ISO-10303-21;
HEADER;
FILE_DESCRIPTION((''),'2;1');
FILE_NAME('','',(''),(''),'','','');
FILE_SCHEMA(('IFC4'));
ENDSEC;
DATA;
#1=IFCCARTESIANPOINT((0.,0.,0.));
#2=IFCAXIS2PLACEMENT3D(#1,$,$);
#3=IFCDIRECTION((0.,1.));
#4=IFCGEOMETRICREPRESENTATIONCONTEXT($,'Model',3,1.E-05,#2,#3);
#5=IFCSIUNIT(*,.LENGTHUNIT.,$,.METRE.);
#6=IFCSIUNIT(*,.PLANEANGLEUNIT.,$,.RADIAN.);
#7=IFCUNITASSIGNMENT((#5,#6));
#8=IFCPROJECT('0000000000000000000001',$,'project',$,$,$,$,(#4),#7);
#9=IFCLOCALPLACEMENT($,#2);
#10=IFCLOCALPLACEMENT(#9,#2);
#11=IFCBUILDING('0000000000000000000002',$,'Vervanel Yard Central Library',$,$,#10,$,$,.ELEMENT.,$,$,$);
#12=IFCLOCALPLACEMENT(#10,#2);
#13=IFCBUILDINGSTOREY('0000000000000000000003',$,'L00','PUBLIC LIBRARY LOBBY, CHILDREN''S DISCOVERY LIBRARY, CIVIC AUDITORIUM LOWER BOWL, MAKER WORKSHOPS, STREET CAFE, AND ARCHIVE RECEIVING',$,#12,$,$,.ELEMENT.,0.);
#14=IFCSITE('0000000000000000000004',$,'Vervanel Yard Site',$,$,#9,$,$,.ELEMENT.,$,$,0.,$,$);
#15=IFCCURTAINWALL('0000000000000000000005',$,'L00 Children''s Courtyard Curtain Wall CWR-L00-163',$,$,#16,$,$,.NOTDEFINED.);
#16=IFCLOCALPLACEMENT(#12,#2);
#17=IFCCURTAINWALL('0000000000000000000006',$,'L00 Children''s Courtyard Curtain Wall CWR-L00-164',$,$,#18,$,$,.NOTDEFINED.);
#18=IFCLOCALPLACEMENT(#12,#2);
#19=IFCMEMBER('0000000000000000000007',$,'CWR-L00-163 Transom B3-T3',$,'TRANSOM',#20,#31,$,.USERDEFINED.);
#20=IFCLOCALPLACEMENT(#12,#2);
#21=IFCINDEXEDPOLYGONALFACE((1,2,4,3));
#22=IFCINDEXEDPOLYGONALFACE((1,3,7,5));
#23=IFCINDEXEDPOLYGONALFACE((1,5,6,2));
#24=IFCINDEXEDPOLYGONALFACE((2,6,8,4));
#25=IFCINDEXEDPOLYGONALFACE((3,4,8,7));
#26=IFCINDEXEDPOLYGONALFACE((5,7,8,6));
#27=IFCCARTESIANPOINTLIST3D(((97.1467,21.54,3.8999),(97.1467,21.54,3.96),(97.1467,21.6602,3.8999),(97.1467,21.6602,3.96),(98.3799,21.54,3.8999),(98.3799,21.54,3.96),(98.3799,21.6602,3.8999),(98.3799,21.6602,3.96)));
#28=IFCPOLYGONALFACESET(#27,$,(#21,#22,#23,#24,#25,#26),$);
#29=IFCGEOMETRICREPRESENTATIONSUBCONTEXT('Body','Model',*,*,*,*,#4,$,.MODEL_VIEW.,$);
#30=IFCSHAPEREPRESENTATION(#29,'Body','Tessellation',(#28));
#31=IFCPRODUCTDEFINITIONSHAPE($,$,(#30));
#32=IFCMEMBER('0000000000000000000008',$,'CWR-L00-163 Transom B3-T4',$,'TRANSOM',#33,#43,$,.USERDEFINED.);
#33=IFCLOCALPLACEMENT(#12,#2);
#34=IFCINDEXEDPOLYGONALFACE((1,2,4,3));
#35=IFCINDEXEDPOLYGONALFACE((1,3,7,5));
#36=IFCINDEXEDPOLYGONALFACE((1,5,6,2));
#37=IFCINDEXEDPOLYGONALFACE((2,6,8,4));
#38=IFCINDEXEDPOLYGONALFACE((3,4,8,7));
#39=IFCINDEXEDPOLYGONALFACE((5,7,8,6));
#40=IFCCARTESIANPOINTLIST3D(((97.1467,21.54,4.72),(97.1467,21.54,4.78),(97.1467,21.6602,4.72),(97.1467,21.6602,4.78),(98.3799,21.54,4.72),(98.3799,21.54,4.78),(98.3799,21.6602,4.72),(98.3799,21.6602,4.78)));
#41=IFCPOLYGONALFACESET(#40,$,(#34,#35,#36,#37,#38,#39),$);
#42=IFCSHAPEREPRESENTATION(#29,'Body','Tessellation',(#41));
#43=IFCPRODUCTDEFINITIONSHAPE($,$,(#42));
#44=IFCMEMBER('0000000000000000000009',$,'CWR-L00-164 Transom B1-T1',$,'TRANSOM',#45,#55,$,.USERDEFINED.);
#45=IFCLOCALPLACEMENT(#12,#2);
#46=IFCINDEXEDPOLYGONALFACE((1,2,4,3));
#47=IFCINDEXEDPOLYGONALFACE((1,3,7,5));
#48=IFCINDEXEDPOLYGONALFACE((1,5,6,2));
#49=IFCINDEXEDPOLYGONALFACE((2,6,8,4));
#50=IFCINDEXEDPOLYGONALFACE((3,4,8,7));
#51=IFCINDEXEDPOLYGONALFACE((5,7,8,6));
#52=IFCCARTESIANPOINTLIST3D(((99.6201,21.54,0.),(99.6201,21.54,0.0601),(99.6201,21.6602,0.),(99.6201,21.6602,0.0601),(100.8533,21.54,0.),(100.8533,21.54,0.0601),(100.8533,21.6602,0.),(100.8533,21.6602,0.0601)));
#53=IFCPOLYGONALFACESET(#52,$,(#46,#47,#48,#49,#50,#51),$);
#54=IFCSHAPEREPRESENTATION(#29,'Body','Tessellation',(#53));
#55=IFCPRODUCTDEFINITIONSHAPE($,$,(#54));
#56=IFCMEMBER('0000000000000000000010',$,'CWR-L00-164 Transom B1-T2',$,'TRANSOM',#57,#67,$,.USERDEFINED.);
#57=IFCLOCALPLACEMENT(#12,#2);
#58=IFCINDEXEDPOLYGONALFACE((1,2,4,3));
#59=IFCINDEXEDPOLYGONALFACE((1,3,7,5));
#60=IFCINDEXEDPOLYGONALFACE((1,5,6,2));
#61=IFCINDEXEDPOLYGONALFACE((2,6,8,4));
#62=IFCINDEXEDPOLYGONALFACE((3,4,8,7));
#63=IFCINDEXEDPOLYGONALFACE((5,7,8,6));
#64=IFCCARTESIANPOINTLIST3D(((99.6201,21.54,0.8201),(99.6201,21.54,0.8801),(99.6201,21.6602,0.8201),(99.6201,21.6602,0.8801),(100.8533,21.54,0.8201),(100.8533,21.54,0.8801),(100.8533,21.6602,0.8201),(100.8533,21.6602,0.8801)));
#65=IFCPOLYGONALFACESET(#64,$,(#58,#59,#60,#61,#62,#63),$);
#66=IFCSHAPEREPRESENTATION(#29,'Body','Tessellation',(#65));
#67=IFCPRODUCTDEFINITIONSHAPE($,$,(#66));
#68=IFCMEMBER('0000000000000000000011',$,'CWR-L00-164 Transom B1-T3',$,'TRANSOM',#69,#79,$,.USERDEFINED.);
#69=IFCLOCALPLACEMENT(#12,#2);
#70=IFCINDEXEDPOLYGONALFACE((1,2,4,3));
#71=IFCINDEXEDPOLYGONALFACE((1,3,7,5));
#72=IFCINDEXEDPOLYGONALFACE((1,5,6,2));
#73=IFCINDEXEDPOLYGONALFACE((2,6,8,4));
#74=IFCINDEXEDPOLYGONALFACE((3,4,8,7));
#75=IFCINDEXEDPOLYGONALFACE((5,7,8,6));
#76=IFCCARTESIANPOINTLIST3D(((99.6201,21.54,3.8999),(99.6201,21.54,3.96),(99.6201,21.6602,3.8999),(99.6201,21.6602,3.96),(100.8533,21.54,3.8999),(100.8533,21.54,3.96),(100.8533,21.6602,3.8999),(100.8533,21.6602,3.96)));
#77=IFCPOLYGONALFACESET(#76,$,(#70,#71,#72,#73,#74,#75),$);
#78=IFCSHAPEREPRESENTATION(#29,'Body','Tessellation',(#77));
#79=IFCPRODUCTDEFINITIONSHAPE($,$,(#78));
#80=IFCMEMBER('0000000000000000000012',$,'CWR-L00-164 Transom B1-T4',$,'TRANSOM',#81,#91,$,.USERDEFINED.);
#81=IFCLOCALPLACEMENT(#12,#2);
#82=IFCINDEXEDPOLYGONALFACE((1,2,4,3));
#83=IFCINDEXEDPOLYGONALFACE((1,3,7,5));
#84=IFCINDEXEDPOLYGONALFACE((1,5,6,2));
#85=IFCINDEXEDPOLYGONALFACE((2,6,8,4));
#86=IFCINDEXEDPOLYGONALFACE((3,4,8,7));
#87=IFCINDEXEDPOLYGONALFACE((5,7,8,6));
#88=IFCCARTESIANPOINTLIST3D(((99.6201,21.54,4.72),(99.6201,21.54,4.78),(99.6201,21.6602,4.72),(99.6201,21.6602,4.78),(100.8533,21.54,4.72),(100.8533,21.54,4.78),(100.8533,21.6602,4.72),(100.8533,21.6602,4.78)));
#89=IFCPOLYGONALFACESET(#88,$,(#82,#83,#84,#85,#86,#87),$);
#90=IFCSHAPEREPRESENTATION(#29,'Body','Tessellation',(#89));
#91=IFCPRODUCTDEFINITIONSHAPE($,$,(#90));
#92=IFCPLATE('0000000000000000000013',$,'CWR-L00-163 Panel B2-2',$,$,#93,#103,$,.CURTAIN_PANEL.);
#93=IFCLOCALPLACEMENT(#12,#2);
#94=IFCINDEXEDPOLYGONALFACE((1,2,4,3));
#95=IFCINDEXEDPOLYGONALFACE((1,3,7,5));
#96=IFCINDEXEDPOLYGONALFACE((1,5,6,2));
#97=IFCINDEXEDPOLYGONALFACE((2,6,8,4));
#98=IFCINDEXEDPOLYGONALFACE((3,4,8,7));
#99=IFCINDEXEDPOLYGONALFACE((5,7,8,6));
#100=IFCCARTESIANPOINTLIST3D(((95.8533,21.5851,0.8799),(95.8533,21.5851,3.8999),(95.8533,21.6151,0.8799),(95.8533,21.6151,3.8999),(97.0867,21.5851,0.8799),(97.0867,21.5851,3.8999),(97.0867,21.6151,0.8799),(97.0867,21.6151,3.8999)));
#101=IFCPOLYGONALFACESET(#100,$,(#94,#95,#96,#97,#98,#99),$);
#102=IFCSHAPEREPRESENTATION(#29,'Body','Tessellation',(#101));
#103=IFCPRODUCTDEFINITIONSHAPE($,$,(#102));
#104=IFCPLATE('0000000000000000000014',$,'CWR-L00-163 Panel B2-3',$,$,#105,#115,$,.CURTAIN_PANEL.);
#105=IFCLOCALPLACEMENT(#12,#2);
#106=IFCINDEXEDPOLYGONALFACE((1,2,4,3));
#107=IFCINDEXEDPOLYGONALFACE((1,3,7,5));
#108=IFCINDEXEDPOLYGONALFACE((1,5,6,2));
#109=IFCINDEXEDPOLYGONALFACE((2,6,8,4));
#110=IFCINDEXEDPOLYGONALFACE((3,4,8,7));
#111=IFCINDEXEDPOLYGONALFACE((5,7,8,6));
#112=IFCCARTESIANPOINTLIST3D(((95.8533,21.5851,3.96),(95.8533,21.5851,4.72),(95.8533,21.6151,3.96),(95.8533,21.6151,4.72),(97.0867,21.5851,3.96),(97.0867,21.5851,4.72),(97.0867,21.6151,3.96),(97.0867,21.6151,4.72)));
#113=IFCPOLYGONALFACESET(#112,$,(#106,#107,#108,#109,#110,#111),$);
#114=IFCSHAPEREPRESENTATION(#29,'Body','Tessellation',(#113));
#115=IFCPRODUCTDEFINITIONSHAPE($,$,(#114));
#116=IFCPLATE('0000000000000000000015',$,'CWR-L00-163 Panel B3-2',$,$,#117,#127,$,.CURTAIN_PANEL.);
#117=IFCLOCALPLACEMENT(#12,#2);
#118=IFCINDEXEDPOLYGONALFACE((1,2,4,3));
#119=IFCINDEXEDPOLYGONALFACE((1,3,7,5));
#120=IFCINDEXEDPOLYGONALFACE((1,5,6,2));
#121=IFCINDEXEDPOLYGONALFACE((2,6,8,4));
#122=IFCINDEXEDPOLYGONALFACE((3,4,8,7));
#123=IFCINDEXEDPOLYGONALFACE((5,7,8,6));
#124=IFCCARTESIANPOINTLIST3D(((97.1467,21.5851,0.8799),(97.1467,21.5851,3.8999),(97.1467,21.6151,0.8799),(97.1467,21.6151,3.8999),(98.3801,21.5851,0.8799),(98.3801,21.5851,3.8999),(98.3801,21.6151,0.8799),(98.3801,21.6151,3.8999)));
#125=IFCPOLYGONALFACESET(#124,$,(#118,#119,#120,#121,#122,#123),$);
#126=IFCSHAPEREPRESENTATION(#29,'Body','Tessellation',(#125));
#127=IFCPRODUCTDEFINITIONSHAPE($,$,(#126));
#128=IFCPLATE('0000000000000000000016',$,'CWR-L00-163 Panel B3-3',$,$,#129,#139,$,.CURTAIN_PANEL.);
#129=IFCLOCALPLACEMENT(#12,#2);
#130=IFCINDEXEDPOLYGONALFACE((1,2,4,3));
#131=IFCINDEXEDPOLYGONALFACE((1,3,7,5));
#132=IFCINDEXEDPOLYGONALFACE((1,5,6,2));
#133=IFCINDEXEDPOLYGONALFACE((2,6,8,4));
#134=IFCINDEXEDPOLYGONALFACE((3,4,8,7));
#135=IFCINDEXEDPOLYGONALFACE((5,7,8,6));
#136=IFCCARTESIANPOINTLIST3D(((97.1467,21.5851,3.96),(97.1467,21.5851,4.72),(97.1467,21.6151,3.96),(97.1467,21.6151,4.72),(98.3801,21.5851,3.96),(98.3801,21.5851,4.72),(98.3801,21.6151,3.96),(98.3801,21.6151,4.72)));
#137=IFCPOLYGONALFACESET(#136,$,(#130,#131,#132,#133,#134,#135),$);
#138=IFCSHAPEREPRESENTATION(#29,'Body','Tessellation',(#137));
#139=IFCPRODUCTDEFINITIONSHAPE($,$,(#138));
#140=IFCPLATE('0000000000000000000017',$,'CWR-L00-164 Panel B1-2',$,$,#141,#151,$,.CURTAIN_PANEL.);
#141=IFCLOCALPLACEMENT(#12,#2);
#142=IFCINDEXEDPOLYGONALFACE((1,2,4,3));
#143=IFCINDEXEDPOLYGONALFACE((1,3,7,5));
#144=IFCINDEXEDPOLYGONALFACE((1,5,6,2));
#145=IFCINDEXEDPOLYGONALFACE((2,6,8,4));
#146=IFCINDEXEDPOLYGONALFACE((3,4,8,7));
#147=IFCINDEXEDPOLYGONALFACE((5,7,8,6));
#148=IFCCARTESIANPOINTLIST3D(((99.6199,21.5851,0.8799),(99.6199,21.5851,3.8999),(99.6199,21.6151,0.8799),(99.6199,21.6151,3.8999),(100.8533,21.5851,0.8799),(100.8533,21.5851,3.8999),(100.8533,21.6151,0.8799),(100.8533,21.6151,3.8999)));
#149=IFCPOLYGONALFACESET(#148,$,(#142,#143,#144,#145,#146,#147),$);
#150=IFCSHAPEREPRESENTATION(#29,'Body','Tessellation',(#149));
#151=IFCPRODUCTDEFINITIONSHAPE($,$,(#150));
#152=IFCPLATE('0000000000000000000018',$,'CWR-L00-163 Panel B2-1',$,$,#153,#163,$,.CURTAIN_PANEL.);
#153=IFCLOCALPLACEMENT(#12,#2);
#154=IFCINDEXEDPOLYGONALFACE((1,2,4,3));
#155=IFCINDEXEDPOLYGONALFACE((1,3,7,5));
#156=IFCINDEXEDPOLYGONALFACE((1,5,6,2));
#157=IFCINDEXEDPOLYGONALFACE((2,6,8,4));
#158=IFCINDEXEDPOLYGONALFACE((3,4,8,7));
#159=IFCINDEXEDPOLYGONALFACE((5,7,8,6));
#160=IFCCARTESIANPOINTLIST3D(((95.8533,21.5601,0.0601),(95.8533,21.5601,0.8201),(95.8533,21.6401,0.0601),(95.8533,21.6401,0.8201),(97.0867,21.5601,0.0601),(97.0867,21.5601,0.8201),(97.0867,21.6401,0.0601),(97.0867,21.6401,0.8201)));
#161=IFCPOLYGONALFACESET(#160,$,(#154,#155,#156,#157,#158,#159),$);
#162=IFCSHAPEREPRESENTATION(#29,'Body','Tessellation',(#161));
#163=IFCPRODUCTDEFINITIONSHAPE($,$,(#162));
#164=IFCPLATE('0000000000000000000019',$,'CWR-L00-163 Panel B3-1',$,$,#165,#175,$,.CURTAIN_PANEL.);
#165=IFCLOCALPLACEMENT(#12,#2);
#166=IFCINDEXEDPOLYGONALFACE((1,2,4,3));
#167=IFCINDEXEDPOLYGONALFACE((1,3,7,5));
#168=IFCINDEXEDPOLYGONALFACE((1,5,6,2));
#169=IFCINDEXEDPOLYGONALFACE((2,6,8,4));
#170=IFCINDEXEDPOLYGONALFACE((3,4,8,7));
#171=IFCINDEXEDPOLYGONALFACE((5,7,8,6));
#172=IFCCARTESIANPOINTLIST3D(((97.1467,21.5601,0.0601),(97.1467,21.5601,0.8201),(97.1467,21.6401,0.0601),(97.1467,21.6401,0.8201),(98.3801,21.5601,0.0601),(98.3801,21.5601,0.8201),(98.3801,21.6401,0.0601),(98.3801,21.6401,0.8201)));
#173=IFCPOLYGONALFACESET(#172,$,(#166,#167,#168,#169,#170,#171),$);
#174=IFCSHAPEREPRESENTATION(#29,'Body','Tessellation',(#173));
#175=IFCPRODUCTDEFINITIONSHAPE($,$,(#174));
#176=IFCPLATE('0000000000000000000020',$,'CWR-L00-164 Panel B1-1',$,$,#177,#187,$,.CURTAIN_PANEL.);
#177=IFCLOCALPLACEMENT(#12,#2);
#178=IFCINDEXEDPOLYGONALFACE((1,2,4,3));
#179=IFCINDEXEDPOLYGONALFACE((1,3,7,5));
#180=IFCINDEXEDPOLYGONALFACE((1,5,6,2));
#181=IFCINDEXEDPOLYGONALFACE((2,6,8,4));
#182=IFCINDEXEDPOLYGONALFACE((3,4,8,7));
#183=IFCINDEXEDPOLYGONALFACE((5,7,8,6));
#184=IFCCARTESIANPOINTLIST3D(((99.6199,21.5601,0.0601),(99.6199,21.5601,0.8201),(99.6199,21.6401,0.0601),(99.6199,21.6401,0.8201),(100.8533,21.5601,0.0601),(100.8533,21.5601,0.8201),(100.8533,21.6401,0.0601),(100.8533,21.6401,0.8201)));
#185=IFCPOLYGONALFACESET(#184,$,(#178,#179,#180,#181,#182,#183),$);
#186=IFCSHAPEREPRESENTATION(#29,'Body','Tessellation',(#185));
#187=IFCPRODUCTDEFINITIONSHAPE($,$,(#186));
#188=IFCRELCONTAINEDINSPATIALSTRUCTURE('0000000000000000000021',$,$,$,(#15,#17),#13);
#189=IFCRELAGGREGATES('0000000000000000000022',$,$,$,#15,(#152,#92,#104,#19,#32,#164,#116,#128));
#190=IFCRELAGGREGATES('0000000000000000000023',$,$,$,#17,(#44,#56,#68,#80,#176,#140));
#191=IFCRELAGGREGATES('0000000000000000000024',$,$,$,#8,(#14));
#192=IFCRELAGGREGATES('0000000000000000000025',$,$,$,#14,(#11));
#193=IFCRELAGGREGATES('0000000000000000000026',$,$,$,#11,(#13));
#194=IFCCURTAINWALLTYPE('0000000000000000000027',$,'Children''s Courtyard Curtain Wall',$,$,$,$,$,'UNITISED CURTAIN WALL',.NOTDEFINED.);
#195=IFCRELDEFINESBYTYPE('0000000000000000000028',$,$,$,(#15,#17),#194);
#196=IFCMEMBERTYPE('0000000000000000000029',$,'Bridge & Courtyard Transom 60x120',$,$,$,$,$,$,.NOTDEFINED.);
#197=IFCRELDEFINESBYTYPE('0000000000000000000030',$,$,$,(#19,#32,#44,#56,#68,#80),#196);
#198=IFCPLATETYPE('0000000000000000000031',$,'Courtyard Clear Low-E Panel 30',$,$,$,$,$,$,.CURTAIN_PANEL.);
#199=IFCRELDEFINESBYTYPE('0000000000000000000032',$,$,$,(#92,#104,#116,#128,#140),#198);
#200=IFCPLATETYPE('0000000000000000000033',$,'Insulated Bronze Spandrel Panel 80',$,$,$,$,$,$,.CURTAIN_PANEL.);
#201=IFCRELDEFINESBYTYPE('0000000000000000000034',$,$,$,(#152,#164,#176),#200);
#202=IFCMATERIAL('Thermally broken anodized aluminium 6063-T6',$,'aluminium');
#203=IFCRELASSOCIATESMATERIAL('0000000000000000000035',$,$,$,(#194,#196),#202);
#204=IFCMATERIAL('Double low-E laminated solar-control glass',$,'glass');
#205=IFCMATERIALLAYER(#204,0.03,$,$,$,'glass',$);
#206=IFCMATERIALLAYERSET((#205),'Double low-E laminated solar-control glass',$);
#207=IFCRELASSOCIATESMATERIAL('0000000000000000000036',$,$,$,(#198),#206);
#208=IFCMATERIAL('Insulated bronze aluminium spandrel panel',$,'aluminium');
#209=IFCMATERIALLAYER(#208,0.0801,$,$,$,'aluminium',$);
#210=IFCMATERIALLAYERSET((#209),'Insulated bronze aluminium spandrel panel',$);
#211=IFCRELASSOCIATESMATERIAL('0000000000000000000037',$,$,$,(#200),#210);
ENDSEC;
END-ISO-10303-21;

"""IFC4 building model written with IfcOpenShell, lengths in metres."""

from ifc_helpers import new_model, si_unit, direction, frame, origin, origin_2d, place, context, subcontext, project, spatial, rectangle, extrude, material, layer, layer_set, material_profile, profile_set, type_object, element, aggregate, save


model = new_model("IFC4")

# Units and contexts
model_context = context("Model", 3, precision=1e-05, world=origin(), true_north=direction((0.0, 1.0)))
body_context = subcontext(model_context, "Body", "Model", "MODEL_VIEW")
ifc_project = project(units=[si_unit("LENGTHUNIT", "METRE"), si_unit("PLANEANGLEUNIT", "RADIAN")], contexts=[model_context])

# Site, building, storey
site_placement = place(None, origin())
site = spatial("IfcSite", under=ifc_project, at=site_placement, Name="Vervanel Yard Site", CompositionType="ELEMENT", RefElevation=0.0)
building_placement = place(site_placement, origin())
building = spatial("IfcBuilding", under=site, at=building_placement, Name="Vervanel Yard Central Library", CompositionType="ELEMENT")
storey_placement = place(building_placement, origin())
storey = spatial("IfcBuildingStorey", under=building, at=storey_placement, Name="L00", Description="PUBLIC LIBRARY LOBBY, CHILDREN'S DISCOVERY LIBRARY, CIVIC AUDITORIUM LOWER BOWL, MAKER WORKSHOPS, STREET CAFE, AND ARCHIVE RECEIVING", CompositionType="ELEMENT", Elevation=0.0)

# Curtain wall
ifc_material_1 = material(Name="Thermally broken anodized aluminium 6063-T6", Category="aluminium")
curtain_wall_type = type_object("IfcCurtainWallType", Name="Children's Courtyard Curtain Wall", ElementType="UNITISED CURTAIN WALL", PredefinedType="NOTDEFINED", material=ifc_material_1)
curtain_wall_1_placement = place(storey_placement, origin())
curtain_wall_1 = element("IfcCurtainWall", 1, at=curtain_wall_1_placement, inside=storey, type_object=curtain_wall_type, Name="L00 Children's Courtyard Curtain Wall CWR-L00-163", PredefinedType="NOTDEFINED")

# Curtain wall
curtain_wall_2_placement = place(storey_placement, origin())
curtain_wall_2 = element("IfcCurtainWall", 2, at=curtain_wall_2_placement, inside=storey, type_object=curtain_wall_type, Name="L00 Children's Courtyard Curtain Wall CWR-L00-164", PredefinedType="NOTDEFINED")

# Members
ifc_material_profile_1 = material_profile(ifc_material_1, rectangle(XDim=0.0601, YDim=0.1201, at=origin_2d()), Name="ALU 60x120", Category="aluminium")
ifc_profile_set_1 = profile_set([ifc_material_profile_1], Name="Thermally broken anodized aluminium 6063-T6")
member_type_1 = type_object("IfcMemberType", Name="Bridge & Courtyard Transom 60x120", PredefinedType="NOTDEFINED", material=ifc_profile_set_1)
member_1_placement = place(storey_placement, frame((97.1467, 21.6001, 3.9299), z_axis=(1.0, 0.0, 0.0), x_axis=(0.0, 0.0, 1.0)))
member_1 = element("IfcMember", 3, at=member_1_placement, type_object=member_type_1, Name="CWR-L00-163 Transom B3-T3", ObjectType="TRANSOM", PredefinedType="USERDEFINED", context=body_context, shape_type="SweptSolid", body=[
    extrude(rectangle(XDim=0.0601, YDim=0.1201, at=origin_2d()), origin(), (0.0, 0.0, 1.0), 1.2332),
])
member_2_placement = place(storey_placement, frame((97.1467, 21.6001, 4.75), z_axis=(1.0, 0.0, 0.0), x_axis=(0.0, 0.0, 1.0)))
member_2 = element("IfcMember", 4, at=member_2_placement, type_object=member_type_1, Name="CWR-L00-163 Transom B3-T4", ObjectType="TRANSOM", PredefinedType="USERDEFINED", context=body_context, shape_type="SweptSolid", body=[
    extrude(rectangle(XDim=0.0601, YDim=0.1201, at=origin_2d()), origin(), (0.0, 0.0, 1.0), 1.2332),
])
member_3_placement = place(storey_placement, frame((99.6201, 21.6001, 0.03), z_axis=(1.0, 0.0, 0.0), x_axis=(0.0, 0.0, 1.0)))
member_3 = element("IfcMember", 5, at=member_3_placement, type_object=member_type_1, Name="CWR-L00-164 Transom B1-T1", ObjectType="TRANSOM", PredefinedType="USERDEFINED", context=body_context, shape_type="SweptSolid", body=[
    extrude(rectangle(XDim=0.0601, YDim=0.1201, at=origin_2d()), origin(), (0.0, 0.0, 1.0), 1.2332),
])
member_4_placement = place(storey_placement, frame((99.6201, 21.6001, 0.8501), z_axis=(1.0, 0.0, 0.0), x_axis=(0.0, 0.0, 1.0)))
member_4 = element("IfcMember", 6, at=member_4_placement, type_object=member_type_1, Name="CWR-L00-164 Transom B1-T2", ObjectType="TRANSOM", PredefinedType="USERDEFINED", context=body_context, shape_type="SweptSolid", body=[
    extrude(rectangle(XDim=0.0601, YDim=0.1201, at=origin_2d()), origin(), (0.0, 0.0, 1.0), 1.2332),
])
member_5_placement = place(storey_placement, frame((99.6201, 21.6001, 3.9299), z_axis=(1.0, 0.0, 0.0), x_axis=(0.0, 0.0, 1.0)))
member_5 = element("IfcMember", 7, at=member_5_placement, type_object=member_type_1, Name="CWR-L00-164 Transom B1-T3", ObjectType="TRANSOM", PredefinedType="USERDEFINED", context=body_context, shape_type="SweptSolid", body=[
    extrude(rectangle(XDim=0.0601, YDim=0.1201, at=origin_2d()), origin(), (0.0, 0.0, 1.0), 1.2332),
])
member_6_placement = place(storey_placement, frame((99.6201, 21.6001, 4.75), z_axis=(1.0, 0.0, 0.0), x_axis=(0.0, 0.0, 1.0)))
member_6 = element("IfcMember", 8, at=member_6_placement, type_object=member_type_1, Name="CWR-L00-164 Transom B1-T4", ObjectType="TRANSOM", PredefinedType="USERDEFINED", context=body_context, shape_type="SweptSolid", body=[
    extrude(rectangle(XDim=0.0601, YDim=0.1201, at=origin_2d()), origin(), (0.0, 0.0, 1.0), 1.2332),
])

# Plates
ifc_material_2 = material(Name="Double low-E laminated solar-control glass", Category="glass")
ifc_layer_1 = layer(ifc_material_2, 0.03, Category="glass")
ifc_layer_set_1 = layer_set([ifc_layer_1], Name="Double low-E laminated solar-control glass")
plate_type_1 = type_object("IfcPlateType", Name="Courtyard Clear Low-E Panel 30", PredefinedType="CURTAIN_PANEL", material=ifc_layer_set_1)
plate_1_placement = place(storey_placement, frame((96.47, 21.6001, 0.8799), z_axis=(0.0, 0.0, 1.0), x_axis=(1.0, 0.0, 0.0)))
plate_1 = element("IfcPlate", 9, at=plate_1_placement, type_object=plate_type_1, Name="CWR-L00-163 Panel B2-2", PredefinedType="CURTAIN_PANEL", context=body_context, shape_type="SweptSolid", body=[
    extrude(rectangle(XDim=1.2334, YDim=0.03, at=origin_2d()), origin(), (0.0, 0.0, 1.0), 3.02),
])
plate_2_placement = place(storey_placement, frame((96.47, 21.6001, 3.96), z_axis=(0.0, 0.0, 1.0), x_axis=(1.0, 0.0, 0.0)))
plate_2 = element("IfcPlate", 10, at=plate_2_placement, type_object=plate_type_1, Name="CWR-L00-163 Panel B2-3", PredefinedType="CURTAIN_PANEL", context=body_context, shape_type="SweptSolid", body=[
    extrude(rectangle(XDim=1.2334, YDim=0.03, at=origin_2d()), origin(), (0.0, 0.0, 1.0), 0.76),
])
plate_3_placement = place(storey_placement, frame((97.7634, 21.6001, 0.8799), z_axis=(0.0, 0.0, 1.0), x_axis=(1.0, 0.0, 0.0)))
plate_3 = element("IfcPlate", 11, at=plate_3_placement, type_object=plate_type_1, Name="CWR-L00-163 Panel B3-2", PredefinedType="CURTAIN_PANEL", context=body_context, shape_type="SweptSolid", body=[
    extrude(rectangle(XDim=1.2334, YDim=0.03, at=origin_2d()), origin(), (0.0, 0.0, 1.0), 3.02),
])
plate_4_placement = place(storey_placement, frame((97.7634, 21.6001, 3.96), z_axis=(0.0, 0.0, 1.0), x_axis=(1.0, 0.0, 0.0)))
plate_4 = element("IfcPlate", 12, at=plate_4_placement, type_object=plate_type_1, Name="CWR-L00-163 Panel B3-3", PredefinedType="CURTAIN_PANEL", context=body_context, shape_type="SweptSolid", body=[
    extrude(rectangle(XDim=1.2334, YDim=0.03, at=origin_2d()), origin(), (0.0, 0.0, 1.0), 0.76),
])
plate_5_placement = place(storey_placement, frame((100.2366, 21.6001, 0.8799), z_axis=(0.0, 0.0, 1.0), x_axis=(1.0, 0.0, 0.0)))
plate_5 = element("IfcPlate", 13, at=plate_5_placement, type_object=plate_type_1, Name="CWR-L00-164 Panel B1-2", PredefinedType="CURTAIN_PANEL", context=body_context, shape_type="SweptSolid", body=[
    extrude(rectangle(XDim=1.2334, YDim=0.03, at=origin_2d()), origin(), (0.0, 0.0, 1.0), 3.02),
])
ifc_material_3 = material(Name="Insulated bronze aluminium spandrel panel", Category="aluminium")
ifc_layer_2 = layer(ifc_material_3, 0.0801, Category="aluminium")
ifc_layer_set_2 = layer_set([ifc_layer_2], Name="Insulated bronze aluminium spandrel panel")
plate_type_2 = type_object("IfcPlateType", Name="Insulated Bronze Spandrel Panel 80", PredefinedType="CURTAIN_PANEL", material=ifc_layer_set_2)
plate_6_placement = place(storey_placement, frame((96.47, 21.6001, 0.0601), z_axis=(0.0, 0.0, 1.0), x_axis=(1.0, 0.0, 0.0)))
plate_6 = element("IfcPlate", 14, at=plate_6_placement, type_object=plate_type_2, Name="CWR-L00-163 Panel B2-1", PredefinedType="CURTAIN_PANEL", context=body_context, shape_type="SweptSolid", body=[
    extrude(rectangle(XDim=1.2334, YDim=0.0801, at=origin_2d()), origin(), (0.0, 0.0, 1.0), 0.76),
])
plate_7_placement = place(storey_placement, frame((97.7634, 21.6001, 0.0601), z_axis=(0.0, 0.0, 1.0), x_axis=(1.0, 0.0, 0.0)))
plate_7 = element("IfcPlate", 15, at=plate_7_placement, type_object=plate_type_2, Name="CWR-L00-163 Panel B3-1", PredefinedType="CURTAIN_PANEL", context=body_context, shape_type="SweptSolid", body=[
    extrude(rectangle(XDim=1.2334, YDim=0.0801, at=origin_2d()), origin(), (0.0, 0.0, 1.0), 0.76),
])
aggregate(curtain_wall_1, [plate_6, plate_1, plate_2, member_1, member_2, plate_7, plate_3, plate_4])
plate_8_placement = place(storey_placement, frame((100.2366, 21.6001, 0.0601), z_axis=(0.0, 0.0, 1.0), x_axis=(1.0, 0.0, 0.0)))
plate_8 = element("IfcPlate", 16, at=plate_8_placement, type_object=plate_type_2, Name="CWR-L00-164 Panel B1-1", PredefinedType="CURTAIN_PANEL", context=body_context, shape_type="SweptSolid", body=[
    extrude(rectangle(XDim=1.2334, YDim=0.0801, at=origin_2d()), origin(), (0.0, 0.0, 1.0), 0.76),
])
aggregate(curtain_wall_2, [member_3, member_4, member_5, member_6, plate_8, plate_5])

save(model, "model.ifc")
